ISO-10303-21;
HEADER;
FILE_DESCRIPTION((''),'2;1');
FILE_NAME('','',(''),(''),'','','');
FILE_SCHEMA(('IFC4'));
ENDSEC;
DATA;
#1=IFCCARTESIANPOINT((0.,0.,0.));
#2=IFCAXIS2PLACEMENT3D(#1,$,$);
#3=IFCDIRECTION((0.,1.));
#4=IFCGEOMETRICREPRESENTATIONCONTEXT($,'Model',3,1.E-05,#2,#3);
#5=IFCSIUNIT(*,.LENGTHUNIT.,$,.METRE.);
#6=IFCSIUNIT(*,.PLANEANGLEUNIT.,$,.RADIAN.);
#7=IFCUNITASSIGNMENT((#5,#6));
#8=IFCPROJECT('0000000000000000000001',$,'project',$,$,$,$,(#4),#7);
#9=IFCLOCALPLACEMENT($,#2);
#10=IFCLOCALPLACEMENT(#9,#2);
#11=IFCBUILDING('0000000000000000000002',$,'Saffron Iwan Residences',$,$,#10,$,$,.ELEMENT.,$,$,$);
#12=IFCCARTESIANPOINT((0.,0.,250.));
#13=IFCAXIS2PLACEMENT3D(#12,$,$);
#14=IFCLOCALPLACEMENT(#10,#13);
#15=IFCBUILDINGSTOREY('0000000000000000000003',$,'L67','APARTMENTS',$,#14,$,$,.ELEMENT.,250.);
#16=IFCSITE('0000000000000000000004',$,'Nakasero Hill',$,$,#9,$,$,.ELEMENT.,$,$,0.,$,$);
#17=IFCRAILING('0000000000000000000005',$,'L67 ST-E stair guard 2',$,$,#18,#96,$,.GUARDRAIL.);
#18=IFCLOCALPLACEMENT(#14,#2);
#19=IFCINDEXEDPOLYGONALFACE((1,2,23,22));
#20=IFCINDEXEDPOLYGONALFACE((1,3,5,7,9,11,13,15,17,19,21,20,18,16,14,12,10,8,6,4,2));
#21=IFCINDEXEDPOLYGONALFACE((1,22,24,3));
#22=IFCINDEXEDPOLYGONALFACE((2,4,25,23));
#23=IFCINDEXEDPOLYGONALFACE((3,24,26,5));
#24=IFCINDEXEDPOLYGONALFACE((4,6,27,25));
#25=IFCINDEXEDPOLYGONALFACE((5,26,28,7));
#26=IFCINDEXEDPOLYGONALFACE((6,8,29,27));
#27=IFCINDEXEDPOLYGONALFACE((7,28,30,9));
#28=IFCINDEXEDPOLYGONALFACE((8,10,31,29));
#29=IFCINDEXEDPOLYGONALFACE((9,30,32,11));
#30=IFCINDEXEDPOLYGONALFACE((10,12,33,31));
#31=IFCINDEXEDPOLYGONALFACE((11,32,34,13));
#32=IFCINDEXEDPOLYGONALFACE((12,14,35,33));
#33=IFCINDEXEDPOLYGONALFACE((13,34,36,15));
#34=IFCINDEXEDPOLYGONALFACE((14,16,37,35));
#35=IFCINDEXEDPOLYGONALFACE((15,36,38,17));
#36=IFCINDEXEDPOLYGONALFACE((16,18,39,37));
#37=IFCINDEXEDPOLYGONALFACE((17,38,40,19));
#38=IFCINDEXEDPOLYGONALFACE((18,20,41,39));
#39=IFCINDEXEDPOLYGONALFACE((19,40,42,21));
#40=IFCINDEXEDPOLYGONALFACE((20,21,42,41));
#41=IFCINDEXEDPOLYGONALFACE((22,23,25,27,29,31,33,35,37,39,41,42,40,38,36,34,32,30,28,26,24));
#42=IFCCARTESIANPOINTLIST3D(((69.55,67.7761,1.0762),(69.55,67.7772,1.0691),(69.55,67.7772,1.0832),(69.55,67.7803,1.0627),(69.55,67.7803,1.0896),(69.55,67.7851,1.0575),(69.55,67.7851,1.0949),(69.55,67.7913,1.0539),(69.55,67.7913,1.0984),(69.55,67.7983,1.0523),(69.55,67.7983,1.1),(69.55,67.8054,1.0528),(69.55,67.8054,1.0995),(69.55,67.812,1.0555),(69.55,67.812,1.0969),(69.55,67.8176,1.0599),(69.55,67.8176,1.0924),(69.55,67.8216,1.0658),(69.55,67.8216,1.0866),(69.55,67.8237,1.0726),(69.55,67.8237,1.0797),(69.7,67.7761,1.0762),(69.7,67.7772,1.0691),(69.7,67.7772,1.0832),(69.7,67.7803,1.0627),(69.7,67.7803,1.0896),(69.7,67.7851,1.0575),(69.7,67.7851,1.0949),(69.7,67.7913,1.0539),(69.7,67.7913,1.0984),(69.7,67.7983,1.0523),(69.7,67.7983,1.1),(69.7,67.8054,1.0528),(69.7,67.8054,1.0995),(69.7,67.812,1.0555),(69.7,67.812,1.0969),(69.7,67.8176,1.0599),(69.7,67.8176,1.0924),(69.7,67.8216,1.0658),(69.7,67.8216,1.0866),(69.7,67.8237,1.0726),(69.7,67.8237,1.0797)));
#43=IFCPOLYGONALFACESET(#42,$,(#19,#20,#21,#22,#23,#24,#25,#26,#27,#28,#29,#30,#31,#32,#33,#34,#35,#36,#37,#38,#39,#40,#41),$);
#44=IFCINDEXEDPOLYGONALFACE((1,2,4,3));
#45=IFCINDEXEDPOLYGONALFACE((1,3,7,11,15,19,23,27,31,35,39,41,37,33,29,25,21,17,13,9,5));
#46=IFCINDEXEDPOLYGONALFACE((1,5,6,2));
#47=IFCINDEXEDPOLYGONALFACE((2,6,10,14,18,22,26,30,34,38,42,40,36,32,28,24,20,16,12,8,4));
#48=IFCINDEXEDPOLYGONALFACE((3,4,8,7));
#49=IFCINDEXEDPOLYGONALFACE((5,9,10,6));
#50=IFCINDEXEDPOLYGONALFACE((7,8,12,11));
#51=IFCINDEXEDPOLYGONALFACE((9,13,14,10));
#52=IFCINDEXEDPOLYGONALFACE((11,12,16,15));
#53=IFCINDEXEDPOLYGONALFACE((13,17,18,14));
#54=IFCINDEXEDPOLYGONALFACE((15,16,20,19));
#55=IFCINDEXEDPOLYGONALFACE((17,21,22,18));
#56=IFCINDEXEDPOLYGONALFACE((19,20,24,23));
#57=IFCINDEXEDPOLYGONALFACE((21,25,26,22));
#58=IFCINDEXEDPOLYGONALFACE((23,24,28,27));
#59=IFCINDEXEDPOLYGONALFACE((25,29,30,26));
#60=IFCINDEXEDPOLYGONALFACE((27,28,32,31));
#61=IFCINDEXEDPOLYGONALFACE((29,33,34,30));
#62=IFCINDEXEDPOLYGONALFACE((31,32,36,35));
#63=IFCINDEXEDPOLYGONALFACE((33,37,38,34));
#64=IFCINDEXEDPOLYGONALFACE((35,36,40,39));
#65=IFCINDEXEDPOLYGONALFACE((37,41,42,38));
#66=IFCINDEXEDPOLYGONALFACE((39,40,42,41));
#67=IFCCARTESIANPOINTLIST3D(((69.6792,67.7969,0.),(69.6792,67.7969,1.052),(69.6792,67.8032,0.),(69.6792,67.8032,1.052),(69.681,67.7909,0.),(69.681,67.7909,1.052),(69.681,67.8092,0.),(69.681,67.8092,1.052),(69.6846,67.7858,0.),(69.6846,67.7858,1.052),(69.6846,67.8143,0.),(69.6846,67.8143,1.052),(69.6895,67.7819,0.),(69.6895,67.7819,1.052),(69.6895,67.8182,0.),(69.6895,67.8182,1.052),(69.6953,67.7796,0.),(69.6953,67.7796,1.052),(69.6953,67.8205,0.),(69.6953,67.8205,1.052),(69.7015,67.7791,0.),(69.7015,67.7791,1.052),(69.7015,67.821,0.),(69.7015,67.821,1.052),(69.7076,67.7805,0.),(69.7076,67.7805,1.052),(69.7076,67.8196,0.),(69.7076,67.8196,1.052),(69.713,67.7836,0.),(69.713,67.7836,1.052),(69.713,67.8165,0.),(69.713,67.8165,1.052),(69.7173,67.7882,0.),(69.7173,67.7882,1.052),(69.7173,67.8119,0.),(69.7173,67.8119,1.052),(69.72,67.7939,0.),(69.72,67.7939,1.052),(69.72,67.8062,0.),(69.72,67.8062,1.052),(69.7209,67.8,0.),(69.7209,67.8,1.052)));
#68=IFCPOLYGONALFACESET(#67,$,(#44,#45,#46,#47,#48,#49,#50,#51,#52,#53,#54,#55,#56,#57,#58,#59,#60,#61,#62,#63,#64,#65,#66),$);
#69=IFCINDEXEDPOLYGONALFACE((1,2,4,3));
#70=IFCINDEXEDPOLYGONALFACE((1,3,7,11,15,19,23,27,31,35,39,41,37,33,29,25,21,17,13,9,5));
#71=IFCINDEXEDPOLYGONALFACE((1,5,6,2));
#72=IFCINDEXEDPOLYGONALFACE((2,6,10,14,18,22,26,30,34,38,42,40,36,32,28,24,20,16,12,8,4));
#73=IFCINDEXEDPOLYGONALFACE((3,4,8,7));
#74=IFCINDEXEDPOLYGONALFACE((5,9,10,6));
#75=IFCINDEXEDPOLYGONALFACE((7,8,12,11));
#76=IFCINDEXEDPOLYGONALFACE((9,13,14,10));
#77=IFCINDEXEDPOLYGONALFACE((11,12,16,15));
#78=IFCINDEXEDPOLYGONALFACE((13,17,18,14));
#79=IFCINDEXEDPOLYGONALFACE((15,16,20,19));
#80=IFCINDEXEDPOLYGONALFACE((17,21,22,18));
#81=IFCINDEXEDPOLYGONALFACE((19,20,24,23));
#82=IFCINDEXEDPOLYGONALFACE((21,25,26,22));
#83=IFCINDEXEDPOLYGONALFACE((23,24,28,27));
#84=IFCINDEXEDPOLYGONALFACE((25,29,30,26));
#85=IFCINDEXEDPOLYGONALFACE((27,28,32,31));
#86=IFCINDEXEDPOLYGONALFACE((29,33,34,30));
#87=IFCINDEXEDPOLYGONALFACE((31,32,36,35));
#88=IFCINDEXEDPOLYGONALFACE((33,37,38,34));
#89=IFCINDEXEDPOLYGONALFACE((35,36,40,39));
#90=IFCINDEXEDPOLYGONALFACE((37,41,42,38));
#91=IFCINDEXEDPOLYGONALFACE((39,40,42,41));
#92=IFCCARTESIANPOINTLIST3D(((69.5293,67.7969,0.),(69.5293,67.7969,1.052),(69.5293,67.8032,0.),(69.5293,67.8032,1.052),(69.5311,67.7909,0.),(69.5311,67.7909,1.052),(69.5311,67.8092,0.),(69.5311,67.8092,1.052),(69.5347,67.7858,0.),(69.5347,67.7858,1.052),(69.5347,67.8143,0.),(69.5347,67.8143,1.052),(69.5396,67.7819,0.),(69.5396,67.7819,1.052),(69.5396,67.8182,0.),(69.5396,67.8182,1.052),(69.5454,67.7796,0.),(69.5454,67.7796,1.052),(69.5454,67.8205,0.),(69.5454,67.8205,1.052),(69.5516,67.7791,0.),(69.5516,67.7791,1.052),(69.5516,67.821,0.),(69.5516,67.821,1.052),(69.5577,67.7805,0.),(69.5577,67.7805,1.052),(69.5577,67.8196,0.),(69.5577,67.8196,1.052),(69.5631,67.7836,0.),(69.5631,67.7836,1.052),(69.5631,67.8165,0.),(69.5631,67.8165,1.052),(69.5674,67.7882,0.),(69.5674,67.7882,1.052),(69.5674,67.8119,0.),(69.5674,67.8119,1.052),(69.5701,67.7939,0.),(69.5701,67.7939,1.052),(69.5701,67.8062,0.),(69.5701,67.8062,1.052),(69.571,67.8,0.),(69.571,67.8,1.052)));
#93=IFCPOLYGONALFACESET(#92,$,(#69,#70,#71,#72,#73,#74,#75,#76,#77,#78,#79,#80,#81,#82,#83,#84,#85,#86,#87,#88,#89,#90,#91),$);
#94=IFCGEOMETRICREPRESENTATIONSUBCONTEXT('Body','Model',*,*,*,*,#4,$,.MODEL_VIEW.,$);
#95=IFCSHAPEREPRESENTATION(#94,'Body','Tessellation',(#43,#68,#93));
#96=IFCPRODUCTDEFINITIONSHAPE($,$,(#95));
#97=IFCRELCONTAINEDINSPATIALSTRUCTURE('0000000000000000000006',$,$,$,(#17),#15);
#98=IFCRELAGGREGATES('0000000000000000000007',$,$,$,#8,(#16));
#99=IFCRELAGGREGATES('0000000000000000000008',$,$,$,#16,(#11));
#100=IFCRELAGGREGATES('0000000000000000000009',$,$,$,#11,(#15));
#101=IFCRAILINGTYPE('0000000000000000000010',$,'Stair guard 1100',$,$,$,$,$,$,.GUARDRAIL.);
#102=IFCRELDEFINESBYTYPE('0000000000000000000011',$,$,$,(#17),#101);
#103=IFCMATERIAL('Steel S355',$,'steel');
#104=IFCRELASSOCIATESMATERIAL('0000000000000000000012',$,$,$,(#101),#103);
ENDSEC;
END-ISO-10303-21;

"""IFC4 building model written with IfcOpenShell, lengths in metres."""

from ifc_helpers import new_model, si_unit, direction, frame, origin, origin_2d, place, context, subcontext, project, spatial, circle, extrude, material, type_object, element, save


model = new_model("IFC4")

# Units and contexts
model_context = context("Model", 3, precision=1e-05, world=origin(), true_north=direction((0.0, 1.0)))
body_context = subcontext(model_context, "Body", "Model", "MODEL_VIEW")
ifc_project = project(units=[si_unit("LENGTHUNIT", "METRE"), si_unit("PLANEANGLEUNIT", "RADIAN")], contexts=[model_context])

# Site, building, storey
site_placement = place(None, origin())
site = spatial("IfcSite", under=ifc_project, at=site_placement, Name="Nakasero Hill", CompositionType="ELEMENT", RefElevation=0.0)
building_placement = place(site_placement, origin())
building = spatial("IfcBuilding", under=site, at=building_placement, Name="Saffron Iwan Residences", CompositionType="ELEMENT")
storey_placement = place(building_placement, frame((0.0, 0.0, 250.0)))
storey = spatial("IfcBuildingStorey", under=building, at=storey_placement, Name="L67", Description="APARTMENTS", CompositionType="ELEMENT", Elevation=250.0)

# Railing
ifc_material_1 = material(Name="Steel S355", Category="steel")
railing_type_1 = type_object("IfcRailingType", Name="Stair guard 1100", PredefinedType="GUARDRAIL", material=ifc_material_1)
railing_1_placement = place(storey_placement, frame((69.7, 67.8, 0.0)))
element("IfcRailing", 1, at=railing_1_placement, inside=storey, type_object=railing_type_1, Name="L67 ST-E stair guard 2", PredefinedType="GUARDRAIL", context=body_context, shape_type="SweptSolid", body=[
    extrude(circle(Radius=0.0239, at=origin_2d()), frame((0.0, 0.0, 1.0762), z_axis=(-1.0, 0.0, 0.0), x_axis=(0.0, -1.0, 0.0)), (0.0, 0.0, 1.0), 0.1499),
    extrude(circle(Radius=0.021, at=origin_2d()), origin(), (0.0, 0.0, 1.0), 1.052),
    extrude(circle(Radius=0.021, at=origin_2d()), frame((-0.1499, 0.0, 0.0)), (0.0, 0.0, 1.0), 1.052),
])

save(model, "model.ifc")
